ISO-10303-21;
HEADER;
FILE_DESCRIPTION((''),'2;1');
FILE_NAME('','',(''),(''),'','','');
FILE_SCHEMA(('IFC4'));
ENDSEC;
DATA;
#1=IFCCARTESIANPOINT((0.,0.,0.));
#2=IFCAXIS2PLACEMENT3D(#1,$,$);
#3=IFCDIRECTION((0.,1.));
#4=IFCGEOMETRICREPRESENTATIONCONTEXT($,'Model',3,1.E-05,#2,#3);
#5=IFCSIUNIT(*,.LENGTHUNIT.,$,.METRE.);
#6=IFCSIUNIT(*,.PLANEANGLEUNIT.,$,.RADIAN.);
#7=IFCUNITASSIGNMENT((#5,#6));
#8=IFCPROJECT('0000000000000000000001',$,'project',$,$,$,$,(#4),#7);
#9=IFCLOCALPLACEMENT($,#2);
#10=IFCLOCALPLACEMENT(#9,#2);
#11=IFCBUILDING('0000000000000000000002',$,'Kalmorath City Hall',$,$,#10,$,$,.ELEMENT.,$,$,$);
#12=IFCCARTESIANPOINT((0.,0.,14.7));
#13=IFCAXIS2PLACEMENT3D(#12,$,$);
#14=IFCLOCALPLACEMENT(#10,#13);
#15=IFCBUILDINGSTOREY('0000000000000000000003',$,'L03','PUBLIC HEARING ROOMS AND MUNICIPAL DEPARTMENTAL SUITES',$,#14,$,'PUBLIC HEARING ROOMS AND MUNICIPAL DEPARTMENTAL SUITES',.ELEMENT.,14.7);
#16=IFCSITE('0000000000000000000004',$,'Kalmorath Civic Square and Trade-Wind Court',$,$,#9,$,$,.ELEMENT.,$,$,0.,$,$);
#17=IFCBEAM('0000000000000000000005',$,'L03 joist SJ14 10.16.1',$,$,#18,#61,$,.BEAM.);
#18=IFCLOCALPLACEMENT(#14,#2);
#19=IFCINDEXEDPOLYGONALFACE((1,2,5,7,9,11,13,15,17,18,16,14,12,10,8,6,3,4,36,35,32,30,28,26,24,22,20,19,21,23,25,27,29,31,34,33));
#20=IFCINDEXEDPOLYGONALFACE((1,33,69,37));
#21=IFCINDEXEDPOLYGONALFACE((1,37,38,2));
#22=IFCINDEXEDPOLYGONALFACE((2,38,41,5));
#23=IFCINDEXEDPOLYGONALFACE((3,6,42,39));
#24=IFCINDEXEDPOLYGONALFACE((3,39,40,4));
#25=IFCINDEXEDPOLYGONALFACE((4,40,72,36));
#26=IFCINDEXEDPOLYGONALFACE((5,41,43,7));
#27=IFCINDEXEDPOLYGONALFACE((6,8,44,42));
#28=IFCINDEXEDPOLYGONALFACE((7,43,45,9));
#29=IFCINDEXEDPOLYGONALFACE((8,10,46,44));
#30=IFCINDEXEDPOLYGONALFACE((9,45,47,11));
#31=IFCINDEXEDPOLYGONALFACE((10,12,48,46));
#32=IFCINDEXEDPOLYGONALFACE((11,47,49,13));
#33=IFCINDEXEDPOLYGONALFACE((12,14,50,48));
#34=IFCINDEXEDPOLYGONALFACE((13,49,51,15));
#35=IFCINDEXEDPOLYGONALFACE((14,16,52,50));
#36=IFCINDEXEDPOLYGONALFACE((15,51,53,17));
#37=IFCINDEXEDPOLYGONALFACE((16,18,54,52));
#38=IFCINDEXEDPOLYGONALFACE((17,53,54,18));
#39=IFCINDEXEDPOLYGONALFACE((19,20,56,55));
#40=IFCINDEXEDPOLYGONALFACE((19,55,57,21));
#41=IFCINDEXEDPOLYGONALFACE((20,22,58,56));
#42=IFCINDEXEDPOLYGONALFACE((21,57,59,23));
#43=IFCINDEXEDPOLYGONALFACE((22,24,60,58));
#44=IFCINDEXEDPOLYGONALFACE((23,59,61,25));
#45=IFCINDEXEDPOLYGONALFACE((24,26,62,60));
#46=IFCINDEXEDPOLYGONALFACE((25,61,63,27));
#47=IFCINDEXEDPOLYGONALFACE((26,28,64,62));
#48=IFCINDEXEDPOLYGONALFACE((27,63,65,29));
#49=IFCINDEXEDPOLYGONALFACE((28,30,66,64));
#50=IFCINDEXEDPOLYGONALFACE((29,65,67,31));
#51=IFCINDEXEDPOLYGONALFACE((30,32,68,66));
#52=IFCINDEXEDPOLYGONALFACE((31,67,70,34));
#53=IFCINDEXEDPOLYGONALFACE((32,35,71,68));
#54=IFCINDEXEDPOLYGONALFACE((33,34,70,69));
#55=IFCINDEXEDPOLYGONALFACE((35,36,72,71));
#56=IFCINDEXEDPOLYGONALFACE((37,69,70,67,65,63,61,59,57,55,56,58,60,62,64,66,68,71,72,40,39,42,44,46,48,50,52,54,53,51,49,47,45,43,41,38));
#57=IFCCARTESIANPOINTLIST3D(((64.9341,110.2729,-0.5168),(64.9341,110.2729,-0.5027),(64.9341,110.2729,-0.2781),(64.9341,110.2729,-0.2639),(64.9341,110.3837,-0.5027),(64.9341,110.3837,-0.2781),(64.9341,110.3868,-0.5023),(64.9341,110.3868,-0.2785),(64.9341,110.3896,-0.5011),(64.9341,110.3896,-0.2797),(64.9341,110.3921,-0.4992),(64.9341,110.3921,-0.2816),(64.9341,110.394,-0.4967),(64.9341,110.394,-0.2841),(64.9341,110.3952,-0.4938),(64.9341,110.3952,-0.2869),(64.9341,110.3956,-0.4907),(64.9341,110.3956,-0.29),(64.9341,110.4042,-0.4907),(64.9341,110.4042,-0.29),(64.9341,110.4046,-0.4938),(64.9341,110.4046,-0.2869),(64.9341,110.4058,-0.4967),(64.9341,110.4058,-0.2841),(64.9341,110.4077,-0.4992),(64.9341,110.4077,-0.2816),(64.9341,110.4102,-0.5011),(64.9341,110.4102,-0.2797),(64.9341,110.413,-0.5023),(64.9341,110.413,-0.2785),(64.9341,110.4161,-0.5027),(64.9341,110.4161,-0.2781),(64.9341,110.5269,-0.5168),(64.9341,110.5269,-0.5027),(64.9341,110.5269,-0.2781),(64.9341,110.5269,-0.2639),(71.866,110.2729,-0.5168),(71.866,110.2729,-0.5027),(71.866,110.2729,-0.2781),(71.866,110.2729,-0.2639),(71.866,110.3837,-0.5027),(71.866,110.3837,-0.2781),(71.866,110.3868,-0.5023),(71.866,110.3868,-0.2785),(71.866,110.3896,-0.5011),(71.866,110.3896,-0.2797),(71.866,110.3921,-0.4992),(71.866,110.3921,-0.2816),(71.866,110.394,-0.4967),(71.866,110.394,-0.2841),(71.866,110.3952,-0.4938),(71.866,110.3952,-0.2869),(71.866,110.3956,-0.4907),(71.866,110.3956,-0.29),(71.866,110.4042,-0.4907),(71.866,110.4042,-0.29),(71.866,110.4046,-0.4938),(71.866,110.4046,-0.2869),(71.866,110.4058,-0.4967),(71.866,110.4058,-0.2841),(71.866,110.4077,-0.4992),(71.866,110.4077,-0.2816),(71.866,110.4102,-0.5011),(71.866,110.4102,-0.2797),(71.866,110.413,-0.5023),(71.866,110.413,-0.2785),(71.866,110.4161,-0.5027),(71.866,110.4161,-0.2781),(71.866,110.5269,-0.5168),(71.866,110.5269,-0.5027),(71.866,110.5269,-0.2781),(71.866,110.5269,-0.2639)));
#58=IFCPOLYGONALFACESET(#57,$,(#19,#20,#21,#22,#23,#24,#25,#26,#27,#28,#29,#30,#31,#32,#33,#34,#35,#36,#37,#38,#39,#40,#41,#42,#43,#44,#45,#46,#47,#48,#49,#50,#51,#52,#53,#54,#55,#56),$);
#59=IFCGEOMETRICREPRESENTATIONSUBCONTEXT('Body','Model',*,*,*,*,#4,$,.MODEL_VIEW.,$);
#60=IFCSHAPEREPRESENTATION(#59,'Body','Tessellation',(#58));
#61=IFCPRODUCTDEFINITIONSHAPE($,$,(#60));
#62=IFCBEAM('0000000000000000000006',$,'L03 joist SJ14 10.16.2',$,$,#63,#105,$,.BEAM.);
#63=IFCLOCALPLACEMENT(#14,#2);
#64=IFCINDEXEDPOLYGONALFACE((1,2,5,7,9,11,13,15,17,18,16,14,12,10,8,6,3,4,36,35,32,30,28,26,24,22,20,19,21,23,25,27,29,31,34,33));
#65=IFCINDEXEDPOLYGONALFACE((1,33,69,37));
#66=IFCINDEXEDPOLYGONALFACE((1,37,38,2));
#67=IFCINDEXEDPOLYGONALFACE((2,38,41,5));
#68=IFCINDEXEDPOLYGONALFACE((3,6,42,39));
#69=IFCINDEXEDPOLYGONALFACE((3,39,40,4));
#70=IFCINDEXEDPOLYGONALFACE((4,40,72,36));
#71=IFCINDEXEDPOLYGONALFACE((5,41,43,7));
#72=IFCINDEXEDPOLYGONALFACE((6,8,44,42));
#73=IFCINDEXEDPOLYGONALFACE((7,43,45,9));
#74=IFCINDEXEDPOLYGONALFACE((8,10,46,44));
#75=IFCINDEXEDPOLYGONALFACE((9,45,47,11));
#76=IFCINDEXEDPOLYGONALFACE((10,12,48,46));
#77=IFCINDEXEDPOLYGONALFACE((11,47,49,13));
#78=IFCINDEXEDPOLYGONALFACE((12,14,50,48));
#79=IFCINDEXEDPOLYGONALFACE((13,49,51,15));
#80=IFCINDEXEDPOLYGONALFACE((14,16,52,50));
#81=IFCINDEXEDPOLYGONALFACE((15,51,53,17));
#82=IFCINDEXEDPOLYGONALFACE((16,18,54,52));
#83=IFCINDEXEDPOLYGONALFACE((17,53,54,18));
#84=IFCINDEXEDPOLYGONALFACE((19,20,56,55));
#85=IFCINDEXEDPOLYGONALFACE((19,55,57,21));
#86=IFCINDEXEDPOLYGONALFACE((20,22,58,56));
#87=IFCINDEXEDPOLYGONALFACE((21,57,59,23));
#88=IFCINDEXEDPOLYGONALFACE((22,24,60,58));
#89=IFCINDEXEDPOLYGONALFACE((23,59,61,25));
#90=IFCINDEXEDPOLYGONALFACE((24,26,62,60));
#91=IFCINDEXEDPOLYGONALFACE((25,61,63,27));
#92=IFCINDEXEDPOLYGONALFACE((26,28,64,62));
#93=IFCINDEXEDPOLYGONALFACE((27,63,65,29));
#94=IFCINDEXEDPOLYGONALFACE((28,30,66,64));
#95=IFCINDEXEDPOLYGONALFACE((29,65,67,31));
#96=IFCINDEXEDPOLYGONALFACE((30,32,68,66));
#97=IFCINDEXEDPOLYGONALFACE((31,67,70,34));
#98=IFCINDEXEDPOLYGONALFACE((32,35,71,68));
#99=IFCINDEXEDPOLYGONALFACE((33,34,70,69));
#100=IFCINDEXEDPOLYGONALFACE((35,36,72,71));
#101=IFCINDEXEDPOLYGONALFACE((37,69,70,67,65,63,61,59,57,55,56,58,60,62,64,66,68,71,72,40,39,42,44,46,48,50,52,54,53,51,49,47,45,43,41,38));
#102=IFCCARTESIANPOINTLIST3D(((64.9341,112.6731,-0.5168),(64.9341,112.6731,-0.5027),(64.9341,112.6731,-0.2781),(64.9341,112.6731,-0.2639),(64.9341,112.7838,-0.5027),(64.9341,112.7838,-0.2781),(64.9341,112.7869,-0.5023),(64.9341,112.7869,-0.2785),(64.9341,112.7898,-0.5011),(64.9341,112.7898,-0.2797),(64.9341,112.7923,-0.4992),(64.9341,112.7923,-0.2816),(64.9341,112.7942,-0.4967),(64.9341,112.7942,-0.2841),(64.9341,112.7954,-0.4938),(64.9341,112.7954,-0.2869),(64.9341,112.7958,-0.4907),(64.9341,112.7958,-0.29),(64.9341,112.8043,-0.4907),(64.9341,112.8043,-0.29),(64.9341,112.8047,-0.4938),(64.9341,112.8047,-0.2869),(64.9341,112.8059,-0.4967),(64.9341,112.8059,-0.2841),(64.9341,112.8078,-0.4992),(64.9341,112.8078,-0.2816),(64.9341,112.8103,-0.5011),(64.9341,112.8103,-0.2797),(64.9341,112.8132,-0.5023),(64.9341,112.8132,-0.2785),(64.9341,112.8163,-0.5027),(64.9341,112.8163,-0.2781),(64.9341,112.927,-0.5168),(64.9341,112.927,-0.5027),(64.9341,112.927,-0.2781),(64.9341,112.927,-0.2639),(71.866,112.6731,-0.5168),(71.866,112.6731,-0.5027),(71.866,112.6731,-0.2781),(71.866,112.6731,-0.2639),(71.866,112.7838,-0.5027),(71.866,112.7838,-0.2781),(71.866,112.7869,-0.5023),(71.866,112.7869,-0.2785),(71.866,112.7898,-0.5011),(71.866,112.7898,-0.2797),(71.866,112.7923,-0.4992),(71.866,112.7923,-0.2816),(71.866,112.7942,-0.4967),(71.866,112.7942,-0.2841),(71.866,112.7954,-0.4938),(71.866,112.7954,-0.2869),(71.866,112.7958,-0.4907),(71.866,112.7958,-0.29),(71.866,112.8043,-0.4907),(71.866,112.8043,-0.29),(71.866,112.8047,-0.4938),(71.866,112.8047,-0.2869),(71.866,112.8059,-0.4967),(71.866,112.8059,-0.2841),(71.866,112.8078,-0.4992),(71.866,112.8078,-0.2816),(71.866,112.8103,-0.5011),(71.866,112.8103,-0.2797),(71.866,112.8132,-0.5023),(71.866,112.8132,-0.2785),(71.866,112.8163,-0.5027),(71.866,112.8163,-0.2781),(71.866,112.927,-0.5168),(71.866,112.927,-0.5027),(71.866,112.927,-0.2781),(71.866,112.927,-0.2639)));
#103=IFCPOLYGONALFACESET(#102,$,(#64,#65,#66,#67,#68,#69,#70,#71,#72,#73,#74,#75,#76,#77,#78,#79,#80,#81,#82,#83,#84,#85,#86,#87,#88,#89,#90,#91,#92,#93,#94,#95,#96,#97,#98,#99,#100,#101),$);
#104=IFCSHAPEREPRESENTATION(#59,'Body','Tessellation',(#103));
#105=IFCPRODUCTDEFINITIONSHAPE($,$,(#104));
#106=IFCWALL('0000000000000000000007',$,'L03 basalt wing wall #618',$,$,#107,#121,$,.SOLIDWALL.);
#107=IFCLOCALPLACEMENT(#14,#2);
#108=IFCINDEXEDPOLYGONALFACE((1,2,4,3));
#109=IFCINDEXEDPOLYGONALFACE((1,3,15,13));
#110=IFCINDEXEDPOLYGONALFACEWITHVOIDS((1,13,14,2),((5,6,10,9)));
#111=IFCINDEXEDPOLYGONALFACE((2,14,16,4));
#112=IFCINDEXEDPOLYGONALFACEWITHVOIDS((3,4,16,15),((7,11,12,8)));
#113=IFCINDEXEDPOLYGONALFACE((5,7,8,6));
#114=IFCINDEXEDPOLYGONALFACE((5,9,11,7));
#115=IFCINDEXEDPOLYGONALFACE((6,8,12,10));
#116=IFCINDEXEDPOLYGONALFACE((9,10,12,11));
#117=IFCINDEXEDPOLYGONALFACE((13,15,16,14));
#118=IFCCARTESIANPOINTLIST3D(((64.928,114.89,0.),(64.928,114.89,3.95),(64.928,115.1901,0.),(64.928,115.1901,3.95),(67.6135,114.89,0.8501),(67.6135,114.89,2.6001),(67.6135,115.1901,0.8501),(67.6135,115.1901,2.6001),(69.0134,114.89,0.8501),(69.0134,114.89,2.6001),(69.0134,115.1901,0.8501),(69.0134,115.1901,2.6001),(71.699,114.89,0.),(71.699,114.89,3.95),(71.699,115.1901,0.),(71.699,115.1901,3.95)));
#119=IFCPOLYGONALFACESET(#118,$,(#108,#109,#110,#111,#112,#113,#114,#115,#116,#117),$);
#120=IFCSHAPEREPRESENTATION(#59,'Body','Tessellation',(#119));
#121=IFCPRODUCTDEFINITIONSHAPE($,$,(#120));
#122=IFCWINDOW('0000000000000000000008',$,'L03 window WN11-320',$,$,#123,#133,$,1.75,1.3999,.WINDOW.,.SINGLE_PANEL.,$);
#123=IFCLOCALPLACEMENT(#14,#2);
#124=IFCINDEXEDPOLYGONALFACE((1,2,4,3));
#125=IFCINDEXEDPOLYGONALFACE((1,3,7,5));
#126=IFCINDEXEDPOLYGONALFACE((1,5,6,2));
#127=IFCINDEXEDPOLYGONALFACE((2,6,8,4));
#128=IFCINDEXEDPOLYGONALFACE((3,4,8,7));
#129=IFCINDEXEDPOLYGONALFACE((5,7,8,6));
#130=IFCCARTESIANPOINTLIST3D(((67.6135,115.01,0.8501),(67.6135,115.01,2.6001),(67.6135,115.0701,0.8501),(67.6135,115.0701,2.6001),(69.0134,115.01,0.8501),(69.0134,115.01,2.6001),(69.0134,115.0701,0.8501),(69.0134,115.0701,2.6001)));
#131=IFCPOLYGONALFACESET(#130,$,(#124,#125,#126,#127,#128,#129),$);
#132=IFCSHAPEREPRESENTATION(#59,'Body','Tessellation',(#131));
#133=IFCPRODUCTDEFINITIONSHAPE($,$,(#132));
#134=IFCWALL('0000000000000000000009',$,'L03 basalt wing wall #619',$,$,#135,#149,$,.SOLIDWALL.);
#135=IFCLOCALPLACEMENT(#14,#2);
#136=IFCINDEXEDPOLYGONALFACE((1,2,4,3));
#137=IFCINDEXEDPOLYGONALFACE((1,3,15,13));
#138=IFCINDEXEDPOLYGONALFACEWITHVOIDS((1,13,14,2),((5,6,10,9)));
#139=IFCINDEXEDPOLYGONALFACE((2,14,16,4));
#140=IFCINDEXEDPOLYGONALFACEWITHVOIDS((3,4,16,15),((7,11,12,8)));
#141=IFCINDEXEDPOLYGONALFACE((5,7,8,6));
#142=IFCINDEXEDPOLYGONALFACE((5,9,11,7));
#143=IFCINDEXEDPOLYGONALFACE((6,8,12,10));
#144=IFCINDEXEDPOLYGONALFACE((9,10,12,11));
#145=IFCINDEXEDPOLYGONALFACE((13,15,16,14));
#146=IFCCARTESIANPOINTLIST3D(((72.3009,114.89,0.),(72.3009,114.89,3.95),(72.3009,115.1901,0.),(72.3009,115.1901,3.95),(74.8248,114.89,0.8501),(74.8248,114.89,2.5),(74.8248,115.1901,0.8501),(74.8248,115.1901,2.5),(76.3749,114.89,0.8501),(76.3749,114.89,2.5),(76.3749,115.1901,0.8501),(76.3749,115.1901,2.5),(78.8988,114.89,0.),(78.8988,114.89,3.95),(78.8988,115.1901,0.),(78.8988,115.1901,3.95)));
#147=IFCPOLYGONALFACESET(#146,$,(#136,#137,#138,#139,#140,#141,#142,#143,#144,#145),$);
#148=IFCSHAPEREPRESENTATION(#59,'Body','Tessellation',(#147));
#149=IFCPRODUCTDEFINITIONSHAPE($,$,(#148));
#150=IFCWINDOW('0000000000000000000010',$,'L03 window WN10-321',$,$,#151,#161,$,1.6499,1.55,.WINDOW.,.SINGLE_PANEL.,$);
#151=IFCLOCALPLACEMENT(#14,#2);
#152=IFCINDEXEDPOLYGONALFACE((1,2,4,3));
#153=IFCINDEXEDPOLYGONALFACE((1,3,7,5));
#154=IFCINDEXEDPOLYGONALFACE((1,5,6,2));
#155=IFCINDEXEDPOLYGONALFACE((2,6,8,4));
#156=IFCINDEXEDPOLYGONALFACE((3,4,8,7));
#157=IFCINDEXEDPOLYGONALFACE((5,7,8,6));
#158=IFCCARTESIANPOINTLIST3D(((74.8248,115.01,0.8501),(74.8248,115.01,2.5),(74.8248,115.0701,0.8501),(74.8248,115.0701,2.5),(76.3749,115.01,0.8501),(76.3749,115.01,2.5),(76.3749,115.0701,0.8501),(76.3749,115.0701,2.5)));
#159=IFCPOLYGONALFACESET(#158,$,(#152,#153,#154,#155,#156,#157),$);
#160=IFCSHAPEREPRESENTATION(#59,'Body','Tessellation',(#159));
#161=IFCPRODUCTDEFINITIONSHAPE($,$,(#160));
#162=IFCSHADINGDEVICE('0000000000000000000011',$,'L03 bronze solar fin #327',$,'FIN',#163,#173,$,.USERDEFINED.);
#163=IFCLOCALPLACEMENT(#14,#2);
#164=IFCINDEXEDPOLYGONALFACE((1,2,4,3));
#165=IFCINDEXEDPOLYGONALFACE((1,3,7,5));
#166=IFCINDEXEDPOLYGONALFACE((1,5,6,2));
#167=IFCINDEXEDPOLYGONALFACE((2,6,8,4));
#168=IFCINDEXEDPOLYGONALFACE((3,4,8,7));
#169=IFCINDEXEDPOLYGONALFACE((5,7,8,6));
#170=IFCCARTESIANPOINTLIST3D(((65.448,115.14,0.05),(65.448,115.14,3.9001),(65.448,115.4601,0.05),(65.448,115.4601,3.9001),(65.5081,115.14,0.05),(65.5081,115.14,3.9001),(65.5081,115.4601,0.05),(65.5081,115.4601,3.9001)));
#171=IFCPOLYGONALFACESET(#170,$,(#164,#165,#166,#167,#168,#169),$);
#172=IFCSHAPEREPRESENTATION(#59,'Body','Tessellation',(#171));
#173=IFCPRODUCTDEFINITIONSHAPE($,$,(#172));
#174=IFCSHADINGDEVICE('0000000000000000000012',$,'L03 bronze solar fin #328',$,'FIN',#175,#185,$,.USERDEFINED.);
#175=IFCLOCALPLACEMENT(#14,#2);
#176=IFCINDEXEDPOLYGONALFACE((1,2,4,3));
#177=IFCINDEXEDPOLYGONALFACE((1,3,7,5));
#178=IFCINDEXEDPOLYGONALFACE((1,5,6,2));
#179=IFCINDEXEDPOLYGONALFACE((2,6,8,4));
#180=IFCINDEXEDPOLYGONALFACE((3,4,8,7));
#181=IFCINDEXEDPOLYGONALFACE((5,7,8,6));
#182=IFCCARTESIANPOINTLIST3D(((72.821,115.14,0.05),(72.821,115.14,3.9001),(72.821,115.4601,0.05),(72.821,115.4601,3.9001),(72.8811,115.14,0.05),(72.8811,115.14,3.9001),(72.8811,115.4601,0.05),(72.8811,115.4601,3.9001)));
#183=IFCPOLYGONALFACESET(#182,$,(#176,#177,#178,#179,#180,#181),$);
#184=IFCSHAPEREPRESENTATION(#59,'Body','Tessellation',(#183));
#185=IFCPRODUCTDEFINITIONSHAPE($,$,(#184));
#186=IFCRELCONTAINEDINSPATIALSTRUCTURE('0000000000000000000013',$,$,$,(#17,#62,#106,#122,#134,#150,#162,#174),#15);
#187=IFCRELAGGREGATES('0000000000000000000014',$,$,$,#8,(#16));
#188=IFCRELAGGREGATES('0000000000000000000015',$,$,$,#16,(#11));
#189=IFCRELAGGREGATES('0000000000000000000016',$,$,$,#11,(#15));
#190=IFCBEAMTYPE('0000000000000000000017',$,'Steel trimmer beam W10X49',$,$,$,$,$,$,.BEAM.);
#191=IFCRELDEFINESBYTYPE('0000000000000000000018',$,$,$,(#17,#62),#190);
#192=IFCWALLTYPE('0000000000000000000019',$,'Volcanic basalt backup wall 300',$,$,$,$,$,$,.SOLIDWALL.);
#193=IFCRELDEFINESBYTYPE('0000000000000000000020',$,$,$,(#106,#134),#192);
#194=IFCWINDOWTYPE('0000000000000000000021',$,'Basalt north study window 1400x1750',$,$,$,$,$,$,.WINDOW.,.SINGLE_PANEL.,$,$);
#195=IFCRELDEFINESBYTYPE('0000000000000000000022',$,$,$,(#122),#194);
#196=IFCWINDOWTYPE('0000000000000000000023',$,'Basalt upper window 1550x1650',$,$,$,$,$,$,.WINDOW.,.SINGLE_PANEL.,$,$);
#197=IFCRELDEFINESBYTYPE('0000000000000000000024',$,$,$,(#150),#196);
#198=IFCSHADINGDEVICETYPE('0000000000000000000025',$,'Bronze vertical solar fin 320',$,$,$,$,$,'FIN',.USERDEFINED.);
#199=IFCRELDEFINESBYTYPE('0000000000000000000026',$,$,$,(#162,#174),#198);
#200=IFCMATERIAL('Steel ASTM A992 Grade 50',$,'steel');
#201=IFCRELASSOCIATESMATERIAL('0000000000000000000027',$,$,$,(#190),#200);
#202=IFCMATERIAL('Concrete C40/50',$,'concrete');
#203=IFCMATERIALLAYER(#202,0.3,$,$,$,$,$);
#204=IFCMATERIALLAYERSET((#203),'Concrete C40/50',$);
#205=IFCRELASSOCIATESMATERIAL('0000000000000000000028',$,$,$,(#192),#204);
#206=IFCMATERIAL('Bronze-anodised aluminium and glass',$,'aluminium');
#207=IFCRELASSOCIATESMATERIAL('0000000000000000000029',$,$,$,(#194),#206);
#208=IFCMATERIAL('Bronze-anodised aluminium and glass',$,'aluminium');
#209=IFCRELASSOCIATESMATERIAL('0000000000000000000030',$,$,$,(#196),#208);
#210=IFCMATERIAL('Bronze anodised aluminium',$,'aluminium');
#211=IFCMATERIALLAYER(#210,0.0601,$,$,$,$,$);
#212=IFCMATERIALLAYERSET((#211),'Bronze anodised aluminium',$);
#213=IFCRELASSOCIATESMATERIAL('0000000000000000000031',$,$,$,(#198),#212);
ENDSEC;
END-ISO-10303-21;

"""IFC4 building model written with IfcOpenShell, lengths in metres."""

from ifc_helpers import new_model, si_unit, direction, frame, frame_2d, origin, origin_2d, place, context, subcontext, project, spatial, rectangle, i_section, extrude, material, layer, layer_set, material_profile, profile_set, type_object, element, fill, save


model = new_model("IFC4")

# Units and contexts
model_context = context("Model", 3, precision=1e-05, world=origin(), true_north=direction((0.0, 1.0)))
body_context = subcontext(model_context, "Body", "Model", "MODEL_VIEW")
ifc_project = project(units=[si_unit("LENGTHUNIT", "METRE"), si_unit("PLANEANGLEUNIT", "RADIAN")], contexts=[model_context])

# Site, building, storey
site_placement = place(None, origin())
site = spatial("IfcSite", under=ifc_project, at=site_placement, Name="Kalmorath Civic Square and Trade-Wind Court", CompositionType="ELEMENT", RefElevation=0.0)
building_placement = place(site_placement, origin())
building = spatial("IfcBuilding", under=site, at=building_placement, Name="Kalmorath City Hall", CompositionType="ELEMENT")
storey_placement = place(building_placement, frame((0.0, 0.0, 14.7)))
storey = spatial("IfcBuildingStorey", under=building, at=storey_placement, Name="L03", Description="PUBLIC HEARING ROOMS AND MUNICIPAL DEPARTMENTAL SUITES", LongName="PUBLIC HEARING ROOMS AND MUNICIPAL DEPARTMENTAL SUITES", CompositionType="ELEMENT", Elevation=14.7)

# Beams
ifc_material_1 = material(Name="Steel ASTM A992 Grade 50", Category="steel")
ifc_material_profile_1 = material_profile(ifc_material_1, i_section(OverallWidth=0.2539, OverallDepth=0.2529, WebThickness=0.0085, FlangeThickness=0.0142, FilletRadius=0.012, at=origin_2d()), Name="W10X49")
ifc_profile_set_1 = profile_set([ifc_material_profile_1], Name="Steel ASTM A992 Grade 50")
beam_type_1 = type_object("IfcBeamType", Name="Steel trimmer beam W10X49", PredefinedType="BEAM", material=ifc_profile_set_1)
for number, where, z_axis, x_axis, name in (
    (1, (64.9341, 110.3999, -0.3904), (1.0, 0.0, 0.0), (0.0, 1.0, 0.0), "L03 joist SJ14 10.16.1"),
    (2, (64.9341, 112.8, -0.3904), (1.0, 0.0, 0.0), (0.0, 1.0, 0.0), "L03 joist SJ14 10.16.2"),
):
    element("IfcBeam", number, at=place(storey_placement, frame(where, z_axis=z_axis, x_axis=x_axis)), inside=storey, type_object=beam_type_1, Name=name, PredefinedType="BEAM", context=body_context, shape_type="SweptSolid", body=[
        extrude(i_section(OverallWidth=0.2539, OverallDepth=0.2529, WebThickness=0.0085, FlangeThickness=0.0142, FilletRadius=0.012, at=origin_2d()), origin(), (0.0, 0.0, 1.0), 6.9319),
    ])

# Walls, openings, windows
ifc_material_2 = material(Name="Concrete C40/50", Category="concrete")
ifc_layer_1 = layer(ifc_material_2, 0.3)
ifc_layer_set_1 = layer_set([ifc_layer_1], Name="Concrete C40/50")
wall_type = type_object("IfcWallType", Name="Volcanic basalt backup wall 300", PredefinedType="SOLIDWALL", material=ifc_layer_set_1)
wall_1_placement = place(storey_placement, frame((64.928, 115.04, 0.0), z_axis=(0.0, 0.0, 1.0), x_axis=(1.0, 0.0, 0.0)))
wall_1 = element("IfcWall", 3, at=wall_1_placement, inside=storey, type_object=wall_type, Name="L03 basalt wing wall #618", PredefinedType="SOLIDWALL", context=body_context, shape_type="SweptSolid", body=[
    extrude(rectangle(XDim=6.771, YDim=0.3, at=frame_2d((3.3855, 0.0))), origin(), (0.0, 0.0, 1.0), 3.95),
])
opening_1_placement = place(wall_1_placement, frame((2.6855, 0.0, 0.8501)))
opening_1 = element("IfcOpeningElement", 4, at=opening_1_placement, cuts=wall_1, PredefinedType="OPENING", context=body_context, shape_type="SweptSolid", body=[
    extrude(rectangle(XDim=1.3999, YDim=1.75, at=frame_2d((0.7, 0.875))), frame((0.0, 0.1599, 0.0), z_axis=(0.0, -1.0, 0.0), x_axis=(1.0, 0.0, 0.0)), (0.0, 0.0, 1.0), 0.3201),
])
ifc_material_3 = material(Name="Bronze-anodised aluminium and glass", Category="aluminium")
window_type_1 = type_object("IfcWindowType", Name="Basalt north study window 1400x1750", PartitioningType="SINGLE_PANEL", PredefinedType="WINDOW", material=ifc_material_3)
window_1_placement = place(opening_1_placement, origin())
window_1 = element("IfcWindow", 5, at=window_1_placement, inside=storey, type_object=window_type_1, Name="L03 window WN11-320", OverallHeight=1.75, OverallWidth=1.3999, PartitioningType="SINGLE_PANEL", PredefinedType="WINDOW", context=body_context, shape_type="SweptSolid", body=[
    extrude(rectangle(XDim=1.3999, YDim=1.75, at=frame_2d((0.7, 0.875))), frame((0.0, 0.03, 0.0), z_axis=(0.0, -1.0, 0.0), x_axis=(1.0, 0.0, 0.0)), (0.0, 0.0, 1.0), 0.0601),
])
fill(opening_1, window_1)
wall_2_placement = place(storey_placement, frame((72.301, 115.04, 0.0), z_axis=(0.0, 0.0, 1.0), x_axis=(1.0, 0.0, 0.0)))
wall_2 = element("IfcWall", 6, at=wall_2_placement, inside=storey, type_object=wall_type, Name="L03 basalt wing wall #619", PredefinedType="SOLIDWALL", context=body_context, shape_type="SweptSolid", body=[
    extrude(rectangle(XDim=6.5979, YDim=0.3, at=frame_2d((3.2988, 0.0))), origin(), (0.0, 0.0, 1.0), 3.95),
])
opening_2_placement = place(wall_2_placement, frame((2.5239, 0.0, 0.8501)))
opening_2 = element("IfcOpeningElement", 7, at=opening_2_placement, cuts=wall_2, PredefinedType="OPENING", context=body_context, shape_type="SweptSolid", body=[
    extrude(rectangle(XDim=1.55, YDim=1.6499, at=frame_2d((0.7749, 0.825))), frame((0.0, 0.1599, 0.0), z_axis=(0.0, -1.0, 0.0), x_axis=(1.0, 0.0, 0.0)), (0.0, 0.0, 1.0), 0.3201),
])
ifc_material_4 = material(Name="Bronze-anodised aluminium and glass", Category="aluminium")
window_type_2 = type_object("IfcWindowType", Name="Basalt upper window 1550x1650", PartitioningType="SINGLE_PANEL", PredefinedType="WINDOW", material=ifc_material_4)
window_2_placement = place(opening_2_placement, origin())
window_2 = element("IfcWindow", 8, at=window_2_placement, inside=storey, type_object=window_type_2, Name="L03 window WN10-321", OverallHeight=1.6499, OverallWidth=1.55, PartitioningType="SINGLE_PANEL", PredefinedType="WINDOW", context=body_context, shape_type="SweptSolid", body=[
    extrude(rectangle(XDim=1.55, YDim=1.6499, at=frame_2d((0.7749, 0.825))), frame((0.0, 0.03, 0.0), z_axis=(0.0, -1.0, 0.0), x_axis=(1.0, 0.0, 0.0)), (0.0, 0.0, 1.0), 0.0601),
])
fill(opening_2, window_2)

# Shading devices
ifc_material_5 = material(Name="Bronze anodised aluminium", Category="aluminium")
ifc_layer_2 = layer(ifc_material_5, 0.0601)
ifc_layer_set_2 = layer_set([ifc_layer_2], Name="Bronze anodised aluminium")
shading_device_type = type_object("IfcShadingDeviceType", Name="Bronze vertical solar fin 320", ElementType="FIN", PredefinedType="USERDEFINED", material=ifc_layer_set_2)
for number, where, z_axis, x_axis, name in (
    (9, (65.478, 115.3, 0.05), (0.0, 0.0, 1.0), (1.0, 0.0, 0.0), "L03 bronze solar fin #327"),
    (10, (72.8511, 115.3, 0.05), (0.0, 0.0, 1.0), (1.0, 0.0, 0.0), "L03 bronze solar fin #328"),
):
    element("IfcShadingDevice", number, at=place(storey_placement, frame(where, z_axis=z_axis, x_axis=x_axis)), inside=storey, type_object=shading_device_type, Name=name, ObjectType="FIN", PredefinedType="USERDEFINED", context=body_context, shape_type="SweptSolid", body=[
        extrude(rectangle(XDim=0.0601, YDim=0.3201, at=origin_2d()), origin(), (0.0, 0.0, 1.0), 3.8501),
    ])

save(model, "model.ifc")
